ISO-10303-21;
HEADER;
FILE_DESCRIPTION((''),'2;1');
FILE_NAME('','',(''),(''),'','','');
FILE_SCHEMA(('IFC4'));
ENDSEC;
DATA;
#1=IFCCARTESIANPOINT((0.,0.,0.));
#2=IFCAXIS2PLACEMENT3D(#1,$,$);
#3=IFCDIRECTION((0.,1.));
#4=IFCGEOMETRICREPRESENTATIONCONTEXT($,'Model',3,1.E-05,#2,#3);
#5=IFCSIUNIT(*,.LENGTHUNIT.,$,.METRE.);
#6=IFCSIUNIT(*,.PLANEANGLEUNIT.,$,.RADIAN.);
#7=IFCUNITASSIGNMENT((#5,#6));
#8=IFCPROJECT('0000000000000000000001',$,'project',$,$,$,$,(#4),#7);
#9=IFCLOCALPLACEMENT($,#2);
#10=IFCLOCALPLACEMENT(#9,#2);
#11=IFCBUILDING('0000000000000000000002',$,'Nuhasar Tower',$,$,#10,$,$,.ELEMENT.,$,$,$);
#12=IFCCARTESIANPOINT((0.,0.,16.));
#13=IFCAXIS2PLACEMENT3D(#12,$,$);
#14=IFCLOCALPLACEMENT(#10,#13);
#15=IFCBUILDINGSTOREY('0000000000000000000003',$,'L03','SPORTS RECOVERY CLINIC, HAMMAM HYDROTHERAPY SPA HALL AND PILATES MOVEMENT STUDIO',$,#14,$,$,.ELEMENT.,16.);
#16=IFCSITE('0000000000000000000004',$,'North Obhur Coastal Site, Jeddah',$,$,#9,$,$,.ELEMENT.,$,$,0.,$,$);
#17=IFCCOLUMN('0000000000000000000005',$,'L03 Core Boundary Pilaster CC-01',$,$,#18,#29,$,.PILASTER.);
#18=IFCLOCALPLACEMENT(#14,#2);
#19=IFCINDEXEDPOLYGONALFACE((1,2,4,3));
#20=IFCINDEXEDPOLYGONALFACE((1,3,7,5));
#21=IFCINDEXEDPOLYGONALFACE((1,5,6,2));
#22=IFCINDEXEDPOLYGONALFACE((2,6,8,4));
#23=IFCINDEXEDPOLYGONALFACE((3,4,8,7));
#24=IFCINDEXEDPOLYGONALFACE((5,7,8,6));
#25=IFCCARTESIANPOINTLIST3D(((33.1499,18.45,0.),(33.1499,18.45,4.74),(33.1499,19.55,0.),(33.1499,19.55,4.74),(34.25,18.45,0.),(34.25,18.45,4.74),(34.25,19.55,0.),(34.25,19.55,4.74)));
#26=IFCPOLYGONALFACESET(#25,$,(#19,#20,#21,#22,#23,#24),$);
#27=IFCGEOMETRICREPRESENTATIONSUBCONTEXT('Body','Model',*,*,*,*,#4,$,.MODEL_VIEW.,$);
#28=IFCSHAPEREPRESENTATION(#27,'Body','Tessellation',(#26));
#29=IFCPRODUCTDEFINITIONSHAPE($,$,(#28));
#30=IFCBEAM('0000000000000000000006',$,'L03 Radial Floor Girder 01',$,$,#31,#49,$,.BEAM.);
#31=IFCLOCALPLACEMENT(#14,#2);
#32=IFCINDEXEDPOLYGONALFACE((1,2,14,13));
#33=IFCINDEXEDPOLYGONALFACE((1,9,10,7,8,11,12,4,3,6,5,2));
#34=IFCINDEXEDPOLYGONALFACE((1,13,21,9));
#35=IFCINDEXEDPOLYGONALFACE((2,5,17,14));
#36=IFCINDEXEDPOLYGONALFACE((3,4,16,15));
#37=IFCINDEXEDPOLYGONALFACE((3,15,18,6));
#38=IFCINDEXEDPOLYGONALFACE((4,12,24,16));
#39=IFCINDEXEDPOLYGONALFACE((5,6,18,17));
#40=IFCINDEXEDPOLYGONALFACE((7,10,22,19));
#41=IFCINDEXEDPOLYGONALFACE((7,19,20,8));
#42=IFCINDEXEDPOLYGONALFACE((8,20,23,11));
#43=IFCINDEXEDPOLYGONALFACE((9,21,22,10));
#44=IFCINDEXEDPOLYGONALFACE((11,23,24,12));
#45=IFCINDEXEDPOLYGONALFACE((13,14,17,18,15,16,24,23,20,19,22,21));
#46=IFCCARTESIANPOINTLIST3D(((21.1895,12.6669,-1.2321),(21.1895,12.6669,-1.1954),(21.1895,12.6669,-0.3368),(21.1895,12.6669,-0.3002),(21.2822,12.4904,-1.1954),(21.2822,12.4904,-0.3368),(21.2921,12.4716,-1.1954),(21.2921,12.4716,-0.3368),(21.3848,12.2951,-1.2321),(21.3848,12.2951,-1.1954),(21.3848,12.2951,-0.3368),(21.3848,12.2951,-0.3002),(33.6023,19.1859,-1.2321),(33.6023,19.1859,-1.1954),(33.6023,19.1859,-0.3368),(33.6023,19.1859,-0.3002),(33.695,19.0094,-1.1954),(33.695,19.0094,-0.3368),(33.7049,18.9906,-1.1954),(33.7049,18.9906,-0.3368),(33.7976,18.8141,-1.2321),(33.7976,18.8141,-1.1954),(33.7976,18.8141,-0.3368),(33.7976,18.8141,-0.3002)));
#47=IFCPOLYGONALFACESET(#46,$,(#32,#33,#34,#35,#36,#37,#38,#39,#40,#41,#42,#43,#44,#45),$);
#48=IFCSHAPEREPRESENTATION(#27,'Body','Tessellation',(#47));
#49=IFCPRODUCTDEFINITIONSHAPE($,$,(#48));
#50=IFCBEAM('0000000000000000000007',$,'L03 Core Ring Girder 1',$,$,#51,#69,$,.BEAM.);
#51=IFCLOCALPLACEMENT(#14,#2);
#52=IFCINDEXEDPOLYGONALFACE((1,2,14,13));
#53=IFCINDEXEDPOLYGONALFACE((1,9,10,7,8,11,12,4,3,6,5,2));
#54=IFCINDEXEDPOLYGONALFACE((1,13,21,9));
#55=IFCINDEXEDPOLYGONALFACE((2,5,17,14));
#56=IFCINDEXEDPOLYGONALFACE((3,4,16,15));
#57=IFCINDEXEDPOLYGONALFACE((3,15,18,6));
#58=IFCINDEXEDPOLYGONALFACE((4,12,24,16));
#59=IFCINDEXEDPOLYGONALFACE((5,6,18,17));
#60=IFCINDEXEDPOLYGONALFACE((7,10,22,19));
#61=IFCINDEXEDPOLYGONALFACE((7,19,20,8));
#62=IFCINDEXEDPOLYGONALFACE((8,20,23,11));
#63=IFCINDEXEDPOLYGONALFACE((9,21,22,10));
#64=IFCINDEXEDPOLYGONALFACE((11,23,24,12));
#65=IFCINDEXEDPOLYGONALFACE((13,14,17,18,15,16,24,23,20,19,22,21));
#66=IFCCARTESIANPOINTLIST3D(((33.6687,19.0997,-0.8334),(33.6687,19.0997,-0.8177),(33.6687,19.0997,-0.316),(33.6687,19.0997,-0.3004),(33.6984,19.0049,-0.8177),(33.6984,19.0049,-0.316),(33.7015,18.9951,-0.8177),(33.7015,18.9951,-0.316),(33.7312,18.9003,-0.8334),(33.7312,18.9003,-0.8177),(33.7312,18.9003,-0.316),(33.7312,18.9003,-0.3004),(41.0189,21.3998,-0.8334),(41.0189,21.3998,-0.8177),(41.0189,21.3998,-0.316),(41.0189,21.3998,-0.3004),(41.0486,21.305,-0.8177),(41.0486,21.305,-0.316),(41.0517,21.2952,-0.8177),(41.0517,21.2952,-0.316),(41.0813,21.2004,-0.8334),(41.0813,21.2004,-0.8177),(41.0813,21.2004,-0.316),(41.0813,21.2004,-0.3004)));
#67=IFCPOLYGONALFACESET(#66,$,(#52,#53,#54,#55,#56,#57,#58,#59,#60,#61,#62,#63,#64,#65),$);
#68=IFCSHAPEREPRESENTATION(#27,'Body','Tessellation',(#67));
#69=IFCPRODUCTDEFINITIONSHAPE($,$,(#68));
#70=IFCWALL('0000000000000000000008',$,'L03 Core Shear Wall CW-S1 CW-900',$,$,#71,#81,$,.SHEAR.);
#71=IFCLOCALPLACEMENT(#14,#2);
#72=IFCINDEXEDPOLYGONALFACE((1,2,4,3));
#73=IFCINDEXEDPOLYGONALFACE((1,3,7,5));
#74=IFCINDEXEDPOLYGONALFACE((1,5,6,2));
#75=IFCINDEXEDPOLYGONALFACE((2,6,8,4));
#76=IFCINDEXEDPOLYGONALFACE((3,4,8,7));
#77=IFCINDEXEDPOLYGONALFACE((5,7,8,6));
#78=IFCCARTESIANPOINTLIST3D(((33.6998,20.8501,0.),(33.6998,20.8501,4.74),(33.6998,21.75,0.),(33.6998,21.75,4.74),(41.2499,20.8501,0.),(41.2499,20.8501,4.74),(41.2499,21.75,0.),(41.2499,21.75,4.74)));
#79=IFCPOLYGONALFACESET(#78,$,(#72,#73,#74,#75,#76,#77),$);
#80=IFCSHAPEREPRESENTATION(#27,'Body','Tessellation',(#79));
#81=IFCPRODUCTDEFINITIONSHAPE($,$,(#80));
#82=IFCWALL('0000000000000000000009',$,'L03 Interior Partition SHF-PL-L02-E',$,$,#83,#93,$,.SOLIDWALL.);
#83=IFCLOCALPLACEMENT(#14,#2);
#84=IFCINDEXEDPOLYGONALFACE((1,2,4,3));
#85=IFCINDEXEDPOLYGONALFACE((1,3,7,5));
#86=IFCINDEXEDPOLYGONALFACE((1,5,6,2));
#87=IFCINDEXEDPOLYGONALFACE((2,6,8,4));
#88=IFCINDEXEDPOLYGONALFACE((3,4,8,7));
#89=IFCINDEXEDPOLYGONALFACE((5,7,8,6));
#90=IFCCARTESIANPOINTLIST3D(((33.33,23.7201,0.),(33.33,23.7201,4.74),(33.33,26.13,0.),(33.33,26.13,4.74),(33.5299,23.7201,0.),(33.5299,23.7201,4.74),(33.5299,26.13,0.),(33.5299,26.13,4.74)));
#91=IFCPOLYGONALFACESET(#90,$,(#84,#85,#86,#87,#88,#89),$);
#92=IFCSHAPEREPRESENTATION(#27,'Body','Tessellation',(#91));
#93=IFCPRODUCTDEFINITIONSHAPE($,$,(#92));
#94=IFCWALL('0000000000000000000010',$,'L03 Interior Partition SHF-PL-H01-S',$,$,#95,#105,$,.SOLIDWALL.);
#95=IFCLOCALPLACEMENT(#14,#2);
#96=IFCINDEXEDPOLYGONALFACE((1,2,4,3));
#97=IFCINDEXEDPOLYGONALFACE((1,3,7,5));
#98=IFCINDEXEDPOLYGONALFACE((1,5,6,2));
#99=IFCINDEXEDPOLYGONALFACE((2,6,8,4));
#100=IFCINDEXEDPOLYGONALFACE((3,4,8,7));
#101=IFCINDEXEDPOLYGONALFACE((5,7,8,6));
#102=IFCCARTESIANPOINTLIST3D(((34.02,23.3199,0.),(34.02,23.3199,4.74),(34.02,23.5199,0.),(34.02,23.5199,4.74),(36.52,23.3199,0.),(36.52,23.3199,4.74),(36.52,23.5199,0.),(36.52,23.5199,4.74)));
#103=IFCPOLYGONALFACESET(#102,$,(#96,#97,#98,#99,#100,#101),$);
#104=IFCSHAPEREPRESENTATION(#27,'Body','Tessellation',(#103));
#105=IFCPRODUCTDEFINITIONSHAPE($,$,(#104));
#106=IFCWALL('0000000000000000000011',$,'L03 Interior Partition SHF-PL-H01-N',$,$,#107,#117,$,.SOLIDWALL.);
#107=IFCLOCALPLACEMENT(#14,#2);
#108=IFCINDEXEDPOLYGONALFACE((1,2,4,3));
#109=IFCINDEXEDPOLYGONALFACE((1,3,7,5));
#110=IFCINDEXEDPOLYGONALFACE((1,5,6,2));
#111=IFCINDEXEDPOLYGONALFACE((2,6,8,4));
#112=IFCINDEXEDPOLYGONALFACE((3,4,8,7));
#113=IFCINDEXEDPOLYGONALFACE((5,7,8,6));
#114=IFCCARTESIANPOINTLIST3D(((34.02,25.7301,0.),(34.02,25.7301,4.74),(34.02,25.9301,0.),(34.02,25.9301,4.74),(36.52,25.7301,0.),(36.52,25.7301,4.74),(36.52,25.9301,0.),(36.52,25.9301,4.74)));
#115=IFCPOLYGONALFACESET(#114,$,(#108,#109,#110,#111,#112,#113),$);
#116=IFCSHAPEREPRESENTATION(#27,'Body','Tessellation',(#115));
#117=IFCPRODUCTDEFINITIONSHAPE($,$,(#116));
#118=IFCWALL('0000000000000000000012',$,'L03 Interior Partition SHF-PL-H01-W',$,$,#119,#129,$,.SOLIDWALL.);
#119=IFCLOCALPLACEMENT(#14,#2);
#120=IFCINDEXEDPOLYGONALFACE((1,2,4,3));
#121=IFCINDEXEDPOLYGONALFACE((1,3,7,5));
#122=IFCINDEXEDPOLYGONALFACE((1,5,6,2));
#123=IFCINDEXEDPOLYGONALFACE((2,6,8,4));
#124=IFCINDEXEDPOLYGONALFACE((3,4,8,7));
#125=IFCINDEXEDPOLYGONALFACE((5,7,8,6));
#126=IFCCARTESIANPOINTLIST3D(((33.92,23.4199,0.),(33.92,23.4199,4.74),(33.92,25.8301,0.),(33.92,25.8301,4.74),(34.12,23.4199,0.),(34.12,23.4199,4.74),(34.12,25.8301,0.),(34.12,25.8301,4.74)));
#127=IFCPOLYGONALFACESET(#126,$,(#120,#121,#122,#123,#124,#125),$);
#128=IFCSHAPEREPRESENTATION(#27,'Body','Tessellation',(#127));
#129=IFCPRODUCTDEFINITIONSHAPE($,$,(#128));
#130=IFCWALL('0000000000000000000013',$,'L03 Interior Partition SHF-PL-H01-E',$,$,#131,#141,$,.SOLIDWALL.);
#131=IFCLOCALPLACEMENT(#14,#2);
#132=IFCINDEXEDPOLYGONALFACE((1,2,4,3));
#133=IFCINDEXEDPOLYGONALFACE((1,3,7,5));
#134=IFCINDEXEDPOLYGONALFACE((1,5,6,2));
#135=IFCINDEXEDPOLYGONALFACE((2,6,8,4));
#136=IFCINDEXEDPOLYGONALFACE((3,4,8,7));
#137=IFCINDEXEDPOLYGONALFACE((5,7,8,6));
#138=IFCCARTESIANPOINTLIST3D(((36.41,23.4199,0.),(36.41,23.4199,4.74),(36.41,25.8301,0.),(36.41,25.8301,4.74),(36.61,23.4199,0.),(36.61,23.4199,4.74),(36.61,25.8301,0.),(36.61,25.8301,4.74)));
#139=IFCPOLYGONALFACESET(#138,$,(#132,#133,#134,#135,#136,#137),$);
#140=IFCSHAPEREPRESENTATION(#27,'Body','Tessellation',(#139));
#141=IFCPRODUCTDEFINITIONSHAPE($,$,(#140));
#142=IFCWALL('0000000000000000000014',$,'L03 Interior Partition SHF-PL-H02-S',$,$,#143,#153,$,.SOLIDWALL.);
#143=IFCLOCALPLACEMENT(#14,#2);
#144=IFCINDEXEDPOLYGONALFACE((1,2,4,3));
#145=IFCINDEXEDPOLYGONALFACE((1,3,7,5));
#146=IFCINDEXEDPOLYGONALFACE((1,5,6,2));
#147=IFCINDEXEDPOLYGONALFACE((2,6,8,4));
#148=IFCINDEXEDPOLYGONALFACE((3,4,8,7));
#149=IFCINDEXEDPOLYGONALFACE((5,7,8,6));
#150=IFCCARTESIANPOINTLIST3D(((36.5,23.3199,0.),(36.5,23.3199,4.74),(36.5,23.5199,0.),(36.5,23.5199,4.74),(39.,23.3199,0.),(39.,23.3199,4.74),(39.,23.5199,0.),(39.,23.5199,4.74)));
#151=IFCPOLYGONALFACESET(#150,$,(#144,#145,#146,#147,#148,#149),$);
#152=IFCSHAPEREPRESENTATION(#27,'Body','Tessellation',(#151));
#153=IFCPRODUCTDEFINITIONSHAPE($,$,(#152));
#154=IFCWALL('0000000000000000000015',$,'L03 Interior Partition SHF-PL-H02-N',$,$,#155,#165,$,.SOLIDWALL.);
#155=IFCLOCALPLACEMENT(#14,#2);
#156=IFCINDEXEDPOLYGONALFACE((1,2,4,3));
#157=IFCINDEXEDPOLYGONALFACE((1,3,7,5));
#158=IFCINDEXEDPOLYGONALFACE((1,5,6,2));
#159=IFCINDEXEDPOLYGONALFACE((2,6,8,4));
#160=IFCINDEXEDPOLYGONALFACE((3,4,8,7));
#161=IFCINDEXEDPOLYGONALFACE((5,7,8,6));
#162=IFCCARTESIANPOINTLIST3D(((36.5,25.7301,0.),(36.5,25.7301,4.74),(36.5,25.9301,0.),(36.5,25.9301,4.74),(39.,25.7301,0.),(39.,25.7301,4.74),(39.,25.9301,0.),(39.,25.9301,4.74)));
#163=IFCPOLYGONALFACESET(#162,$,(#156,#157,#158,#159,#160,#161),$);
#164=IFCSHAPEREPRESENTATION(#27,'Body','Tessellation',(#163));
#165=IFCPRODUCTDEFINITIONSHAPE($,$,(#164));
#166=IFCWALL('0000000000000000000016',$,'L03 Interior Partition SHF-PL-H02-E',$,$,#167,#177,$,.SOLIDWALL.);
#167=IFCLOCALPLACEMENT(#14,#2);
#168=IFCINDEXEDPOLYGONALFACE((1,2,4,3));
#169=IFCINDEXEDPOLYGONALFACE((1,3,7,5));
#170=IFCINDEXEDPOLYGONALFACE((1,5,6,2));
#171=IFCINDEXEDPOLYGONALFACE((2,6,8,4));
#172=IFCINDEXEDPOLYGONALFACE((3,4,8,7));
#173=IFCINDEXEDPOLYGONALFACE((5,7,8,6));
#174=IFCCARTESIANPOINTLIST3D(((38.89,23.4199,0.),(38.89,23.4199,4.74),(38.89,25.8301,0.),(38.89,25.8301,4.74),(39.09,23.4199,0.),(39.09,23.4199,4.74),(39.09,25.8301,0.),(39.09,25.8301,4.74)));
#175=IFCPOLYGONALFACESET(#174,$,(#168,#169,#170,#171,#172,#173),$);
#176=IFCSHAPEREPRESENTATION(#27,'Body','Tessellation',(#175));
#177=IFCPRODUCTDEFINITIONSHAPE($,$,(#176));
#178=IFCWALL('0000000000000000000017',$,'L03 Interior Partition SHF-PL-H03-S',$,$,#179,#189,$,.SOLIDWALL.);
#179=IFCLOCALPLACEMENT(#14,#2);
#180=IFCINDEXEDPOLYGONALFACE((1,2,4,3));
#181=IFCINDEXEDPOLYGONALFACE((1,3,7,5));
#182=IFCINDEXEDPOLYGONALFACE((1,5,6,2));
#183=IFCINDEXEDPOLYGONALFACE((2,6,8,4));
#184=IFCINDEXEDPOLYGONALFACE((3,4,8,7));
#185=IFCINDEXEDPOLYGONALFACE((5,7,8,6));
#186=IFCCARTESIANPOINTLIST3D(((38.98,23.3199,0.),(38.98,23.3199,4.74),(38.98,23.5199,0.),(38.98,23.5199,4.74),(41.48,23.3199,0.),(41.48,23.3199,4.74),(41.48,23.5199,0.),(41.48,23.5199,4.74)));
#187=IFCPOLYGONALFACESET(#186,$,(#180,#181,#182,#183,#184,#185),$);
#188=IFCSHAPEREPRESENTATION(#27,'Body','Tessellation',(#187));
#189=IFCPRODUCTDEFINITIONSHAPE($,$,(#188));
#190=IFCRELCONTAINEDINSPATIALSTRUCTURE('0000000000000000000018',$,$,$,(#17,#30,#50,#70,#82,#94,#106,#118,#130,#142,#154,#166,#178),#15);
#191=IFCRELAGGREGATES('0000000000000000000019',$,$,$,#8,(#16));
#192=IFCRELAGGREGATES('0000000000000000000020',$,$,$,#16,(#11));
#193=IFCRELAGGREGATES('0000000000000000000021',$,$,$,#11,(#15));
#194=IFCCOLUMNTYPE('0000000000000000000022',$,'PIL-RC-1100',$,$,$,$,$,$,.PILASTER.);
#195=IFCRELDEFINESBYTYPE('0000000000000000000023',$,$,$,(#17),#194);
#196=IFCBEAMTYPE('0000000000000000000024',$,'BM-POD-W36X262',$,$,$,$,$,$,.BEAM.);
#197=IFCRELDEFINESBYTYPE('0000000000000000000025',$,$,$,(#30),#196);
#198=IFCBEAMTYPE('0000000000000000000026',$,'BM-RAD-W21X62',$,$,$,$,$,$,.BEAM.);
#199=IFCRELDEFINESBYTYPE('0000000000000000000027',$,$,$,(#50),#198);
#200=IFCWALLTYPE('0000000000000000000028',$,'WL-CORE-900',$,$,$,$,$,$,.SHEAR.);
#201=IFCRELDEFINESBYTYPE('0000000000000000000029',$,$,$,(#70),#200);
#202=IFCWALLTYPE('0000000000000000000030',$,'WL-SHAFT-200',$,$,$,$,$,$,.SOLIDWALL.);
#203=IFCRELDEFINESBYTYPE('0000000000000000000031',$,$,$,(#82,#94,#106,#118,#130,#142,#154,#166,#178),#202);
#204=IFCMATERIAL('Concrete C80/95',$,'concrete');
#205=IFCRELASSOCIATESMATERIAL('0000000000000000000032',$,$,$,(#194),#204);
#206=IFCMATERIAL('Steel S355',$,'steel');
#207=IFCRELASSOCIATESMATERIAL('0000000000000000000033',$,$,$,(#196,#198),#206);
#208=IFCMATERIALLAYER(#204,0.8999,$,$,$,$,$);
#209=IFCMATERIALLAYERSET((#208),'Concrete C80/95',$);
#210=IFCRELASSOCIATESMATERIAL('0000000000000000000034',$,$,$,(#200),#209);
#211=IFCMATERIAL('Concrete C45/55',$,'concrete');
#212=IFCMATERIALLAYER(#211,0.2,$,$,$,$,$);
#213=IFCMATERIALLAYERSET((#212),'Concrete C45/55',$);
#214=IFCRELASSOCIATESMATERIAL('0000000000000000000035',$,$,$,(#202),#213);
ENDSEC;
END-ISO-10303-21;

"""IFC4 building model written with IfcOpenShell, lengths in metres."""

from ifc_helpers import new_model, si_unit, direction, frame, frame_2d, origin, origin_2d, place, context, subcontext, project, spatial, rectangle, i_section, extrude, material, layer, layer_set, material_profile, profile_set, type_object, element, save


model = new_model("IFC4")

# Units and contexts
model_context = context("Model", 3, precision=1e-05, world=origin(), true_north=direction((0.0, 1.0)))
body_context = subcontext(model_context, "Body", "Model", "MODEL_VIEW")
ifc_project = project(units=[si_unit("LENGTHUNIT", "METRE"), si_unit("PLANEANGLEUNIT", "RADIAN")], contexts=[model_context])

# Site, building, storey
site_placement = place(None, origin())
site = spatial("IfcSite", under=ifc_project, at=site_placement, Name="North Obhur Coastal Site, Jeddah", CompositionType="ELEMENT", RefElevation=0.0)
building_placement = place(site_placement, origin())
building = spatial("IfcBuilding", under=site, at=building_placement, Name="Nuhasar Tower", CompositionType="ELEMENT")
storey_placement = place(building_placement, frame((0.0, 0.0, 16.0)))
storey = spatial("IfcBuildingStorey", under=building, at=storey_placement, Name="L03", Description="SPORTS RECOVERY CLINIC, HAMMAM HYDROTHERAPY SPA HALL AND PILATES MOVEMENT STUDIO", CompositionType="ELEMENT", Elevation=16.0)

# Column
ifc_material_1 = material(Name="Concrete C80/95", Category="concrete")
ifc_material_profile_1 = material_profile(ifc_material_1, rectangle(XDim=1.1001, YDim=1.1001, at=origin_2d()), Name="RC1100X1100")
ifc_profile_set_1 = profile_set([ifc_material_profile_1], Name="Concrete C80/95")
column_type = type_object("IfcColumnType", Name="PIL-RC-1100", PredefinedType="PILASTER", material=ifc_profile_set_1)
column_placement = place(storey_placement, frame((33.7, 19.0, 0.0), z_axis=(0.0, 0.0, 1.0), x_axis=(1.0, 0.0, 0.0)))
element("IfcColumn", 1, at=column_placement, inside=storey, type_object=column_type, Name="L03 Core Boundary Pilaster CC-01", PredefinedType="PILASTER", context=body_context, shape_type="SweptSolid", body=[
    extrude(rectangle(XDim=1.1001, YDim=1.1001, at=origin_2d()), origin(), (0.0, 0.0, 1.0), 4.74),
])

# Beams
ifc_material_2 = material(Name="Steel S355", Category="steel")
ifc_material_profile_2 = material_profile(ifc_material_2, i_section(OverallWidth=0.4199, OverallDepth=0.9319, WebThickness=0.0212, FlangeThickness=0.0366, at=origin_2d()), Name="W36X262")
ifc_profile_set_2 = profile_set([ifc_material_profile_2], Name="Steel S355")
beam_type_1 = type_object("IfcBeamType", Name="BM-POD-W36X262", PredefinedType="BEAM", material=ifc_profile_set_2)
beam_1_placement = place(storey_placement, frame((33.7, 19.0, -0.7661), z_axis=(-0.88533, -0.464963, 0.0), x_axis=(0.464963, -0.88533, 0.0)))
element("IfcBeam", 2, at=beam_1_placement, inside=storey, type_object=beam_type_1, Name="L03 Radial Floor Girder 01", PredefinedType="BEAM", context=body_context, shape_type="SweptSolid", body=[
    extrude(i_section(OverallWidth=0.4199, OverallDepth=0.9319, WebThickness=0.0212, FlangeThickness=0.0366, at=origin_2d()), origin(), (0.0, 0.0, 1.0), 14.0205),
])
ifc_material_profile_3 = material_profile(ifc_material_2, i_section(OverallWidth=0.209, OverallDepth=0.533, WebThickness=0.0103, FlangeThickness=0.0156, at=origin_2d()), Name="W21X62")
ifc_profile_set_3 = profile_set([ifc_material_profile_3], Name="Steel S355")
beam_type_2 = type_object("IfcBeamType", Name="BM-RAD-W21X62", PredefinedType="BEAM", material=ifc_profile_set_3)
beam_2_placement = place(storey_placement, frame((33.7, 19.0, -0.5669), z_axis=(0.954364, 0.298647, 0.0), x_axis=(-0.298647, 0.954364, 0.0)))
element("IfcBeam", 3, at=beam_2_placement, inside=storey, type_object=beam_type_2, Name="L03 Core Ring Girder 1", PredefinedType="BEAM", context=body_context, shape_type="SweptSolid", body=[
    extrude(i_section(OverallWidth=0.209, OverallDepth=0.533, WebThickness=0.0103, FlangeThickness=0.0156, at=origin_2d()), origin(), (0.0, 0.0, 1.0), 7.7017),
])

# Wall
ifc_layer_1 = layer(ifc_material_1, 0.8999)
ifc_layer_set_1 = layer_set([ifc_layer_1], Name="Concrete C80/95")
wall_type_1 = type_object("IfcWallType", Name="WL-CORE-900", PredefinedType="SHEAR", material=ifc_layer_set_1)
wall_1_placement = place(storey_placement, frame((33.7, 21.3, 0.0), z_axis=(0.0, 0.0, 1.0), x_axis=(1.0, 0.0, 0.0)))
element("IfcWall", 4, at=wall_1_placement, inside=storey, type_object=wall_type_1, Name="L03 Core Shear Wall CW-S1 CW-900", PredefinedType="SHEAR", context=body_context, shape_type="SweptSolid", body=[
    extrude(rectangle(XDim=7.55, YDim=0.8999, at=frame_2d((3.7749, 0.0))), origin(), (0.0, 0.0, 1.0), 4.74),
])

# Shared definitions
ifc_material_3 = material(Name="Concrete C45/55", Category="concrete")

# Walls
ifc_layer_2 = layer(ifc_material_3, 0.2)
ifc_layer_set_2 = layer_set([ifc_layer_2], Name="Concrete C45/55")
wall_type_2 = type_object("IfcWallType", Name="WL-SHAFT-200", PredefinedType="SOLIDWALL", material=ifc_layer_set_2)
wall_2_placement = place(storey_placement, frame((33.4299, 23.72, 0.0), z_axis=(0.0, 0.0, 1.0), x_axis=(0.0, 1.0, 0.0)))
element("IfcWall", 5, at=wall_2_placement, inside=storey, type_object=wall_type_2, Name="L03 Interior Partition SHF-PL-L02-E", PredefinedType="SOLIDWALL", context=body_context, shape_type="SweptSolid", body=[
    extrude(rectangle(XDim=2.4099, YDim=0.2, at=frame_2d((1.2051, 0.0))), origin(), (0.0, 0.0, 1.0), 4.74),
])
for number, where, z_axis, x_axis, name in (
    (6, (34.02, 23.4199, 0.0), (0.0, 0.0, 1.0), (1.0, 0.0, 0.0), "L03 Interior Partition SHF-PL-H01-S"),
    (7, (34.02, 25.8301, 0.0), (0.0, 0.0, 1.0), (1.0, 0.0, 0.0), "L03 Interior Partition SHF-PL-H01-N"),
):
    element("IfcWall", number, at=place(storey_placement, frame(where, z_axis=z_axis, x_axis=x_axis)), inside=storey, type_object=wall_type_2, Name=name, PredefinedType="SOLIDWALL", context=body_context, shape_type="SweptSolid", body=[
        extrude(rectangle(XDim=2.5, YDim=0.2, at=frame_2d((1.25, 0.0))), origin(), (0.0, 0.0, 1.0), 4.74),
    ])
for number, where, z_axis, x_axis, name in (
    (8, (34.02, 23.4199, 0.0), (0.0, 0.0, 1.0), (0.0, 1.0, 0.0), "L03 Interior Partition SHF-PL-H01-W"),
    (9, (36.51, 23.4199, 0.0), (0.0, 0.0, 1.0), (0.0, 1.0, 0.0), "L03 Interior Partition SHF-PL-H01-E"),
):
    element("IfcWall", number, at=place(storey_placement, frame(where, z_axis=z_axis, x_axis=x_axis)), inside=storey, type_object=wall_type_2, Name=name, PredefinedType="SOLIDWALL", context=body_context, shape_type="SweptSolid", body=[
        extrude(rectangle(XDim=2.4102, YDim=0.2, at=frame_2d((1.2051, 0.0))), origin(), (0.0, 0.0, 1.0), 4.74),
    ])
for number, where, z_axis, x_axis, name in (
    (10, (36.5, 23.4199, 0.0), (0.0, 0.0, 1.0), (1.0, 0.0, 0.0), "L03 Interior Partition SHF-PL-H02-S"),
    (11, (36.5, 25.8301, 0.0), (0.0, 0.0, 1.0), (1.0, 0.0, 0.0), "L03 Interior Partition SHF-PL-H02-N"),
):
    element("IfcWall", number, at=place(storey_placement, frame(where, z_axis=z_axis, x_axis=x_axis)), inside=storey, type_object=wall_type_2, Name=name, PredefinedType="SOLIDWALL", context=body_context, shape_type="SweptSolid", body=[
        extrude(rectangle(XDim=2.5, YDim=0.2, at=frame_2d((1.25, 0.0))), origin(), (0.0, 0.0, 1.0), 4.74),
    ])
wall_3_placement = place(storey_placement, frame((38.99, 23.4199, 0.0), z_axis=(0.0, 0.0, 1.0), x_axis=(0.0, 1.0, 0.0)))
element("IfcWall", 12, at=wall_3_placement, inside=storey, type_object=wall_type_2, Name="L03 Interior Partition SHF-PL-H02-E", PredefinedType="SOLIDWALL", context=body_context, shape_type="SweptSolid", body=[
    extrude(rectangle(XDim=2.4102, YDim=0.2, at=frame_2d((1.2051, 0.0))), origin(), (0.0, 0.0, 1.0), 4.74),
])
for number, where, z_axis, x_axis, name in (
    (13, (38.98, 23.4199, 0.0), (0.0, 0.0, 1.0), (1.0, 0.0, 0.0), "L03 Interior Partition SHF-PL-H03-S"),
):
    element("IfcWall", number, at=place(storey_placement, frame(where, z_axis=z_axis, x_axis=x_axis)), inside=storey, type_object=wall_type_2, Name=name, PredefinedType="SOLIDWALL", context=body_context, shape_type="SweptSolid", body=[
        extrude(rectangle(XDim=2.5, YDim=0.2, at=frame_2d((1.25, 0.0))), origin(), (0.0, 0.0, 1.0), 4.74),
    ])

save(model, "model.ifc")
